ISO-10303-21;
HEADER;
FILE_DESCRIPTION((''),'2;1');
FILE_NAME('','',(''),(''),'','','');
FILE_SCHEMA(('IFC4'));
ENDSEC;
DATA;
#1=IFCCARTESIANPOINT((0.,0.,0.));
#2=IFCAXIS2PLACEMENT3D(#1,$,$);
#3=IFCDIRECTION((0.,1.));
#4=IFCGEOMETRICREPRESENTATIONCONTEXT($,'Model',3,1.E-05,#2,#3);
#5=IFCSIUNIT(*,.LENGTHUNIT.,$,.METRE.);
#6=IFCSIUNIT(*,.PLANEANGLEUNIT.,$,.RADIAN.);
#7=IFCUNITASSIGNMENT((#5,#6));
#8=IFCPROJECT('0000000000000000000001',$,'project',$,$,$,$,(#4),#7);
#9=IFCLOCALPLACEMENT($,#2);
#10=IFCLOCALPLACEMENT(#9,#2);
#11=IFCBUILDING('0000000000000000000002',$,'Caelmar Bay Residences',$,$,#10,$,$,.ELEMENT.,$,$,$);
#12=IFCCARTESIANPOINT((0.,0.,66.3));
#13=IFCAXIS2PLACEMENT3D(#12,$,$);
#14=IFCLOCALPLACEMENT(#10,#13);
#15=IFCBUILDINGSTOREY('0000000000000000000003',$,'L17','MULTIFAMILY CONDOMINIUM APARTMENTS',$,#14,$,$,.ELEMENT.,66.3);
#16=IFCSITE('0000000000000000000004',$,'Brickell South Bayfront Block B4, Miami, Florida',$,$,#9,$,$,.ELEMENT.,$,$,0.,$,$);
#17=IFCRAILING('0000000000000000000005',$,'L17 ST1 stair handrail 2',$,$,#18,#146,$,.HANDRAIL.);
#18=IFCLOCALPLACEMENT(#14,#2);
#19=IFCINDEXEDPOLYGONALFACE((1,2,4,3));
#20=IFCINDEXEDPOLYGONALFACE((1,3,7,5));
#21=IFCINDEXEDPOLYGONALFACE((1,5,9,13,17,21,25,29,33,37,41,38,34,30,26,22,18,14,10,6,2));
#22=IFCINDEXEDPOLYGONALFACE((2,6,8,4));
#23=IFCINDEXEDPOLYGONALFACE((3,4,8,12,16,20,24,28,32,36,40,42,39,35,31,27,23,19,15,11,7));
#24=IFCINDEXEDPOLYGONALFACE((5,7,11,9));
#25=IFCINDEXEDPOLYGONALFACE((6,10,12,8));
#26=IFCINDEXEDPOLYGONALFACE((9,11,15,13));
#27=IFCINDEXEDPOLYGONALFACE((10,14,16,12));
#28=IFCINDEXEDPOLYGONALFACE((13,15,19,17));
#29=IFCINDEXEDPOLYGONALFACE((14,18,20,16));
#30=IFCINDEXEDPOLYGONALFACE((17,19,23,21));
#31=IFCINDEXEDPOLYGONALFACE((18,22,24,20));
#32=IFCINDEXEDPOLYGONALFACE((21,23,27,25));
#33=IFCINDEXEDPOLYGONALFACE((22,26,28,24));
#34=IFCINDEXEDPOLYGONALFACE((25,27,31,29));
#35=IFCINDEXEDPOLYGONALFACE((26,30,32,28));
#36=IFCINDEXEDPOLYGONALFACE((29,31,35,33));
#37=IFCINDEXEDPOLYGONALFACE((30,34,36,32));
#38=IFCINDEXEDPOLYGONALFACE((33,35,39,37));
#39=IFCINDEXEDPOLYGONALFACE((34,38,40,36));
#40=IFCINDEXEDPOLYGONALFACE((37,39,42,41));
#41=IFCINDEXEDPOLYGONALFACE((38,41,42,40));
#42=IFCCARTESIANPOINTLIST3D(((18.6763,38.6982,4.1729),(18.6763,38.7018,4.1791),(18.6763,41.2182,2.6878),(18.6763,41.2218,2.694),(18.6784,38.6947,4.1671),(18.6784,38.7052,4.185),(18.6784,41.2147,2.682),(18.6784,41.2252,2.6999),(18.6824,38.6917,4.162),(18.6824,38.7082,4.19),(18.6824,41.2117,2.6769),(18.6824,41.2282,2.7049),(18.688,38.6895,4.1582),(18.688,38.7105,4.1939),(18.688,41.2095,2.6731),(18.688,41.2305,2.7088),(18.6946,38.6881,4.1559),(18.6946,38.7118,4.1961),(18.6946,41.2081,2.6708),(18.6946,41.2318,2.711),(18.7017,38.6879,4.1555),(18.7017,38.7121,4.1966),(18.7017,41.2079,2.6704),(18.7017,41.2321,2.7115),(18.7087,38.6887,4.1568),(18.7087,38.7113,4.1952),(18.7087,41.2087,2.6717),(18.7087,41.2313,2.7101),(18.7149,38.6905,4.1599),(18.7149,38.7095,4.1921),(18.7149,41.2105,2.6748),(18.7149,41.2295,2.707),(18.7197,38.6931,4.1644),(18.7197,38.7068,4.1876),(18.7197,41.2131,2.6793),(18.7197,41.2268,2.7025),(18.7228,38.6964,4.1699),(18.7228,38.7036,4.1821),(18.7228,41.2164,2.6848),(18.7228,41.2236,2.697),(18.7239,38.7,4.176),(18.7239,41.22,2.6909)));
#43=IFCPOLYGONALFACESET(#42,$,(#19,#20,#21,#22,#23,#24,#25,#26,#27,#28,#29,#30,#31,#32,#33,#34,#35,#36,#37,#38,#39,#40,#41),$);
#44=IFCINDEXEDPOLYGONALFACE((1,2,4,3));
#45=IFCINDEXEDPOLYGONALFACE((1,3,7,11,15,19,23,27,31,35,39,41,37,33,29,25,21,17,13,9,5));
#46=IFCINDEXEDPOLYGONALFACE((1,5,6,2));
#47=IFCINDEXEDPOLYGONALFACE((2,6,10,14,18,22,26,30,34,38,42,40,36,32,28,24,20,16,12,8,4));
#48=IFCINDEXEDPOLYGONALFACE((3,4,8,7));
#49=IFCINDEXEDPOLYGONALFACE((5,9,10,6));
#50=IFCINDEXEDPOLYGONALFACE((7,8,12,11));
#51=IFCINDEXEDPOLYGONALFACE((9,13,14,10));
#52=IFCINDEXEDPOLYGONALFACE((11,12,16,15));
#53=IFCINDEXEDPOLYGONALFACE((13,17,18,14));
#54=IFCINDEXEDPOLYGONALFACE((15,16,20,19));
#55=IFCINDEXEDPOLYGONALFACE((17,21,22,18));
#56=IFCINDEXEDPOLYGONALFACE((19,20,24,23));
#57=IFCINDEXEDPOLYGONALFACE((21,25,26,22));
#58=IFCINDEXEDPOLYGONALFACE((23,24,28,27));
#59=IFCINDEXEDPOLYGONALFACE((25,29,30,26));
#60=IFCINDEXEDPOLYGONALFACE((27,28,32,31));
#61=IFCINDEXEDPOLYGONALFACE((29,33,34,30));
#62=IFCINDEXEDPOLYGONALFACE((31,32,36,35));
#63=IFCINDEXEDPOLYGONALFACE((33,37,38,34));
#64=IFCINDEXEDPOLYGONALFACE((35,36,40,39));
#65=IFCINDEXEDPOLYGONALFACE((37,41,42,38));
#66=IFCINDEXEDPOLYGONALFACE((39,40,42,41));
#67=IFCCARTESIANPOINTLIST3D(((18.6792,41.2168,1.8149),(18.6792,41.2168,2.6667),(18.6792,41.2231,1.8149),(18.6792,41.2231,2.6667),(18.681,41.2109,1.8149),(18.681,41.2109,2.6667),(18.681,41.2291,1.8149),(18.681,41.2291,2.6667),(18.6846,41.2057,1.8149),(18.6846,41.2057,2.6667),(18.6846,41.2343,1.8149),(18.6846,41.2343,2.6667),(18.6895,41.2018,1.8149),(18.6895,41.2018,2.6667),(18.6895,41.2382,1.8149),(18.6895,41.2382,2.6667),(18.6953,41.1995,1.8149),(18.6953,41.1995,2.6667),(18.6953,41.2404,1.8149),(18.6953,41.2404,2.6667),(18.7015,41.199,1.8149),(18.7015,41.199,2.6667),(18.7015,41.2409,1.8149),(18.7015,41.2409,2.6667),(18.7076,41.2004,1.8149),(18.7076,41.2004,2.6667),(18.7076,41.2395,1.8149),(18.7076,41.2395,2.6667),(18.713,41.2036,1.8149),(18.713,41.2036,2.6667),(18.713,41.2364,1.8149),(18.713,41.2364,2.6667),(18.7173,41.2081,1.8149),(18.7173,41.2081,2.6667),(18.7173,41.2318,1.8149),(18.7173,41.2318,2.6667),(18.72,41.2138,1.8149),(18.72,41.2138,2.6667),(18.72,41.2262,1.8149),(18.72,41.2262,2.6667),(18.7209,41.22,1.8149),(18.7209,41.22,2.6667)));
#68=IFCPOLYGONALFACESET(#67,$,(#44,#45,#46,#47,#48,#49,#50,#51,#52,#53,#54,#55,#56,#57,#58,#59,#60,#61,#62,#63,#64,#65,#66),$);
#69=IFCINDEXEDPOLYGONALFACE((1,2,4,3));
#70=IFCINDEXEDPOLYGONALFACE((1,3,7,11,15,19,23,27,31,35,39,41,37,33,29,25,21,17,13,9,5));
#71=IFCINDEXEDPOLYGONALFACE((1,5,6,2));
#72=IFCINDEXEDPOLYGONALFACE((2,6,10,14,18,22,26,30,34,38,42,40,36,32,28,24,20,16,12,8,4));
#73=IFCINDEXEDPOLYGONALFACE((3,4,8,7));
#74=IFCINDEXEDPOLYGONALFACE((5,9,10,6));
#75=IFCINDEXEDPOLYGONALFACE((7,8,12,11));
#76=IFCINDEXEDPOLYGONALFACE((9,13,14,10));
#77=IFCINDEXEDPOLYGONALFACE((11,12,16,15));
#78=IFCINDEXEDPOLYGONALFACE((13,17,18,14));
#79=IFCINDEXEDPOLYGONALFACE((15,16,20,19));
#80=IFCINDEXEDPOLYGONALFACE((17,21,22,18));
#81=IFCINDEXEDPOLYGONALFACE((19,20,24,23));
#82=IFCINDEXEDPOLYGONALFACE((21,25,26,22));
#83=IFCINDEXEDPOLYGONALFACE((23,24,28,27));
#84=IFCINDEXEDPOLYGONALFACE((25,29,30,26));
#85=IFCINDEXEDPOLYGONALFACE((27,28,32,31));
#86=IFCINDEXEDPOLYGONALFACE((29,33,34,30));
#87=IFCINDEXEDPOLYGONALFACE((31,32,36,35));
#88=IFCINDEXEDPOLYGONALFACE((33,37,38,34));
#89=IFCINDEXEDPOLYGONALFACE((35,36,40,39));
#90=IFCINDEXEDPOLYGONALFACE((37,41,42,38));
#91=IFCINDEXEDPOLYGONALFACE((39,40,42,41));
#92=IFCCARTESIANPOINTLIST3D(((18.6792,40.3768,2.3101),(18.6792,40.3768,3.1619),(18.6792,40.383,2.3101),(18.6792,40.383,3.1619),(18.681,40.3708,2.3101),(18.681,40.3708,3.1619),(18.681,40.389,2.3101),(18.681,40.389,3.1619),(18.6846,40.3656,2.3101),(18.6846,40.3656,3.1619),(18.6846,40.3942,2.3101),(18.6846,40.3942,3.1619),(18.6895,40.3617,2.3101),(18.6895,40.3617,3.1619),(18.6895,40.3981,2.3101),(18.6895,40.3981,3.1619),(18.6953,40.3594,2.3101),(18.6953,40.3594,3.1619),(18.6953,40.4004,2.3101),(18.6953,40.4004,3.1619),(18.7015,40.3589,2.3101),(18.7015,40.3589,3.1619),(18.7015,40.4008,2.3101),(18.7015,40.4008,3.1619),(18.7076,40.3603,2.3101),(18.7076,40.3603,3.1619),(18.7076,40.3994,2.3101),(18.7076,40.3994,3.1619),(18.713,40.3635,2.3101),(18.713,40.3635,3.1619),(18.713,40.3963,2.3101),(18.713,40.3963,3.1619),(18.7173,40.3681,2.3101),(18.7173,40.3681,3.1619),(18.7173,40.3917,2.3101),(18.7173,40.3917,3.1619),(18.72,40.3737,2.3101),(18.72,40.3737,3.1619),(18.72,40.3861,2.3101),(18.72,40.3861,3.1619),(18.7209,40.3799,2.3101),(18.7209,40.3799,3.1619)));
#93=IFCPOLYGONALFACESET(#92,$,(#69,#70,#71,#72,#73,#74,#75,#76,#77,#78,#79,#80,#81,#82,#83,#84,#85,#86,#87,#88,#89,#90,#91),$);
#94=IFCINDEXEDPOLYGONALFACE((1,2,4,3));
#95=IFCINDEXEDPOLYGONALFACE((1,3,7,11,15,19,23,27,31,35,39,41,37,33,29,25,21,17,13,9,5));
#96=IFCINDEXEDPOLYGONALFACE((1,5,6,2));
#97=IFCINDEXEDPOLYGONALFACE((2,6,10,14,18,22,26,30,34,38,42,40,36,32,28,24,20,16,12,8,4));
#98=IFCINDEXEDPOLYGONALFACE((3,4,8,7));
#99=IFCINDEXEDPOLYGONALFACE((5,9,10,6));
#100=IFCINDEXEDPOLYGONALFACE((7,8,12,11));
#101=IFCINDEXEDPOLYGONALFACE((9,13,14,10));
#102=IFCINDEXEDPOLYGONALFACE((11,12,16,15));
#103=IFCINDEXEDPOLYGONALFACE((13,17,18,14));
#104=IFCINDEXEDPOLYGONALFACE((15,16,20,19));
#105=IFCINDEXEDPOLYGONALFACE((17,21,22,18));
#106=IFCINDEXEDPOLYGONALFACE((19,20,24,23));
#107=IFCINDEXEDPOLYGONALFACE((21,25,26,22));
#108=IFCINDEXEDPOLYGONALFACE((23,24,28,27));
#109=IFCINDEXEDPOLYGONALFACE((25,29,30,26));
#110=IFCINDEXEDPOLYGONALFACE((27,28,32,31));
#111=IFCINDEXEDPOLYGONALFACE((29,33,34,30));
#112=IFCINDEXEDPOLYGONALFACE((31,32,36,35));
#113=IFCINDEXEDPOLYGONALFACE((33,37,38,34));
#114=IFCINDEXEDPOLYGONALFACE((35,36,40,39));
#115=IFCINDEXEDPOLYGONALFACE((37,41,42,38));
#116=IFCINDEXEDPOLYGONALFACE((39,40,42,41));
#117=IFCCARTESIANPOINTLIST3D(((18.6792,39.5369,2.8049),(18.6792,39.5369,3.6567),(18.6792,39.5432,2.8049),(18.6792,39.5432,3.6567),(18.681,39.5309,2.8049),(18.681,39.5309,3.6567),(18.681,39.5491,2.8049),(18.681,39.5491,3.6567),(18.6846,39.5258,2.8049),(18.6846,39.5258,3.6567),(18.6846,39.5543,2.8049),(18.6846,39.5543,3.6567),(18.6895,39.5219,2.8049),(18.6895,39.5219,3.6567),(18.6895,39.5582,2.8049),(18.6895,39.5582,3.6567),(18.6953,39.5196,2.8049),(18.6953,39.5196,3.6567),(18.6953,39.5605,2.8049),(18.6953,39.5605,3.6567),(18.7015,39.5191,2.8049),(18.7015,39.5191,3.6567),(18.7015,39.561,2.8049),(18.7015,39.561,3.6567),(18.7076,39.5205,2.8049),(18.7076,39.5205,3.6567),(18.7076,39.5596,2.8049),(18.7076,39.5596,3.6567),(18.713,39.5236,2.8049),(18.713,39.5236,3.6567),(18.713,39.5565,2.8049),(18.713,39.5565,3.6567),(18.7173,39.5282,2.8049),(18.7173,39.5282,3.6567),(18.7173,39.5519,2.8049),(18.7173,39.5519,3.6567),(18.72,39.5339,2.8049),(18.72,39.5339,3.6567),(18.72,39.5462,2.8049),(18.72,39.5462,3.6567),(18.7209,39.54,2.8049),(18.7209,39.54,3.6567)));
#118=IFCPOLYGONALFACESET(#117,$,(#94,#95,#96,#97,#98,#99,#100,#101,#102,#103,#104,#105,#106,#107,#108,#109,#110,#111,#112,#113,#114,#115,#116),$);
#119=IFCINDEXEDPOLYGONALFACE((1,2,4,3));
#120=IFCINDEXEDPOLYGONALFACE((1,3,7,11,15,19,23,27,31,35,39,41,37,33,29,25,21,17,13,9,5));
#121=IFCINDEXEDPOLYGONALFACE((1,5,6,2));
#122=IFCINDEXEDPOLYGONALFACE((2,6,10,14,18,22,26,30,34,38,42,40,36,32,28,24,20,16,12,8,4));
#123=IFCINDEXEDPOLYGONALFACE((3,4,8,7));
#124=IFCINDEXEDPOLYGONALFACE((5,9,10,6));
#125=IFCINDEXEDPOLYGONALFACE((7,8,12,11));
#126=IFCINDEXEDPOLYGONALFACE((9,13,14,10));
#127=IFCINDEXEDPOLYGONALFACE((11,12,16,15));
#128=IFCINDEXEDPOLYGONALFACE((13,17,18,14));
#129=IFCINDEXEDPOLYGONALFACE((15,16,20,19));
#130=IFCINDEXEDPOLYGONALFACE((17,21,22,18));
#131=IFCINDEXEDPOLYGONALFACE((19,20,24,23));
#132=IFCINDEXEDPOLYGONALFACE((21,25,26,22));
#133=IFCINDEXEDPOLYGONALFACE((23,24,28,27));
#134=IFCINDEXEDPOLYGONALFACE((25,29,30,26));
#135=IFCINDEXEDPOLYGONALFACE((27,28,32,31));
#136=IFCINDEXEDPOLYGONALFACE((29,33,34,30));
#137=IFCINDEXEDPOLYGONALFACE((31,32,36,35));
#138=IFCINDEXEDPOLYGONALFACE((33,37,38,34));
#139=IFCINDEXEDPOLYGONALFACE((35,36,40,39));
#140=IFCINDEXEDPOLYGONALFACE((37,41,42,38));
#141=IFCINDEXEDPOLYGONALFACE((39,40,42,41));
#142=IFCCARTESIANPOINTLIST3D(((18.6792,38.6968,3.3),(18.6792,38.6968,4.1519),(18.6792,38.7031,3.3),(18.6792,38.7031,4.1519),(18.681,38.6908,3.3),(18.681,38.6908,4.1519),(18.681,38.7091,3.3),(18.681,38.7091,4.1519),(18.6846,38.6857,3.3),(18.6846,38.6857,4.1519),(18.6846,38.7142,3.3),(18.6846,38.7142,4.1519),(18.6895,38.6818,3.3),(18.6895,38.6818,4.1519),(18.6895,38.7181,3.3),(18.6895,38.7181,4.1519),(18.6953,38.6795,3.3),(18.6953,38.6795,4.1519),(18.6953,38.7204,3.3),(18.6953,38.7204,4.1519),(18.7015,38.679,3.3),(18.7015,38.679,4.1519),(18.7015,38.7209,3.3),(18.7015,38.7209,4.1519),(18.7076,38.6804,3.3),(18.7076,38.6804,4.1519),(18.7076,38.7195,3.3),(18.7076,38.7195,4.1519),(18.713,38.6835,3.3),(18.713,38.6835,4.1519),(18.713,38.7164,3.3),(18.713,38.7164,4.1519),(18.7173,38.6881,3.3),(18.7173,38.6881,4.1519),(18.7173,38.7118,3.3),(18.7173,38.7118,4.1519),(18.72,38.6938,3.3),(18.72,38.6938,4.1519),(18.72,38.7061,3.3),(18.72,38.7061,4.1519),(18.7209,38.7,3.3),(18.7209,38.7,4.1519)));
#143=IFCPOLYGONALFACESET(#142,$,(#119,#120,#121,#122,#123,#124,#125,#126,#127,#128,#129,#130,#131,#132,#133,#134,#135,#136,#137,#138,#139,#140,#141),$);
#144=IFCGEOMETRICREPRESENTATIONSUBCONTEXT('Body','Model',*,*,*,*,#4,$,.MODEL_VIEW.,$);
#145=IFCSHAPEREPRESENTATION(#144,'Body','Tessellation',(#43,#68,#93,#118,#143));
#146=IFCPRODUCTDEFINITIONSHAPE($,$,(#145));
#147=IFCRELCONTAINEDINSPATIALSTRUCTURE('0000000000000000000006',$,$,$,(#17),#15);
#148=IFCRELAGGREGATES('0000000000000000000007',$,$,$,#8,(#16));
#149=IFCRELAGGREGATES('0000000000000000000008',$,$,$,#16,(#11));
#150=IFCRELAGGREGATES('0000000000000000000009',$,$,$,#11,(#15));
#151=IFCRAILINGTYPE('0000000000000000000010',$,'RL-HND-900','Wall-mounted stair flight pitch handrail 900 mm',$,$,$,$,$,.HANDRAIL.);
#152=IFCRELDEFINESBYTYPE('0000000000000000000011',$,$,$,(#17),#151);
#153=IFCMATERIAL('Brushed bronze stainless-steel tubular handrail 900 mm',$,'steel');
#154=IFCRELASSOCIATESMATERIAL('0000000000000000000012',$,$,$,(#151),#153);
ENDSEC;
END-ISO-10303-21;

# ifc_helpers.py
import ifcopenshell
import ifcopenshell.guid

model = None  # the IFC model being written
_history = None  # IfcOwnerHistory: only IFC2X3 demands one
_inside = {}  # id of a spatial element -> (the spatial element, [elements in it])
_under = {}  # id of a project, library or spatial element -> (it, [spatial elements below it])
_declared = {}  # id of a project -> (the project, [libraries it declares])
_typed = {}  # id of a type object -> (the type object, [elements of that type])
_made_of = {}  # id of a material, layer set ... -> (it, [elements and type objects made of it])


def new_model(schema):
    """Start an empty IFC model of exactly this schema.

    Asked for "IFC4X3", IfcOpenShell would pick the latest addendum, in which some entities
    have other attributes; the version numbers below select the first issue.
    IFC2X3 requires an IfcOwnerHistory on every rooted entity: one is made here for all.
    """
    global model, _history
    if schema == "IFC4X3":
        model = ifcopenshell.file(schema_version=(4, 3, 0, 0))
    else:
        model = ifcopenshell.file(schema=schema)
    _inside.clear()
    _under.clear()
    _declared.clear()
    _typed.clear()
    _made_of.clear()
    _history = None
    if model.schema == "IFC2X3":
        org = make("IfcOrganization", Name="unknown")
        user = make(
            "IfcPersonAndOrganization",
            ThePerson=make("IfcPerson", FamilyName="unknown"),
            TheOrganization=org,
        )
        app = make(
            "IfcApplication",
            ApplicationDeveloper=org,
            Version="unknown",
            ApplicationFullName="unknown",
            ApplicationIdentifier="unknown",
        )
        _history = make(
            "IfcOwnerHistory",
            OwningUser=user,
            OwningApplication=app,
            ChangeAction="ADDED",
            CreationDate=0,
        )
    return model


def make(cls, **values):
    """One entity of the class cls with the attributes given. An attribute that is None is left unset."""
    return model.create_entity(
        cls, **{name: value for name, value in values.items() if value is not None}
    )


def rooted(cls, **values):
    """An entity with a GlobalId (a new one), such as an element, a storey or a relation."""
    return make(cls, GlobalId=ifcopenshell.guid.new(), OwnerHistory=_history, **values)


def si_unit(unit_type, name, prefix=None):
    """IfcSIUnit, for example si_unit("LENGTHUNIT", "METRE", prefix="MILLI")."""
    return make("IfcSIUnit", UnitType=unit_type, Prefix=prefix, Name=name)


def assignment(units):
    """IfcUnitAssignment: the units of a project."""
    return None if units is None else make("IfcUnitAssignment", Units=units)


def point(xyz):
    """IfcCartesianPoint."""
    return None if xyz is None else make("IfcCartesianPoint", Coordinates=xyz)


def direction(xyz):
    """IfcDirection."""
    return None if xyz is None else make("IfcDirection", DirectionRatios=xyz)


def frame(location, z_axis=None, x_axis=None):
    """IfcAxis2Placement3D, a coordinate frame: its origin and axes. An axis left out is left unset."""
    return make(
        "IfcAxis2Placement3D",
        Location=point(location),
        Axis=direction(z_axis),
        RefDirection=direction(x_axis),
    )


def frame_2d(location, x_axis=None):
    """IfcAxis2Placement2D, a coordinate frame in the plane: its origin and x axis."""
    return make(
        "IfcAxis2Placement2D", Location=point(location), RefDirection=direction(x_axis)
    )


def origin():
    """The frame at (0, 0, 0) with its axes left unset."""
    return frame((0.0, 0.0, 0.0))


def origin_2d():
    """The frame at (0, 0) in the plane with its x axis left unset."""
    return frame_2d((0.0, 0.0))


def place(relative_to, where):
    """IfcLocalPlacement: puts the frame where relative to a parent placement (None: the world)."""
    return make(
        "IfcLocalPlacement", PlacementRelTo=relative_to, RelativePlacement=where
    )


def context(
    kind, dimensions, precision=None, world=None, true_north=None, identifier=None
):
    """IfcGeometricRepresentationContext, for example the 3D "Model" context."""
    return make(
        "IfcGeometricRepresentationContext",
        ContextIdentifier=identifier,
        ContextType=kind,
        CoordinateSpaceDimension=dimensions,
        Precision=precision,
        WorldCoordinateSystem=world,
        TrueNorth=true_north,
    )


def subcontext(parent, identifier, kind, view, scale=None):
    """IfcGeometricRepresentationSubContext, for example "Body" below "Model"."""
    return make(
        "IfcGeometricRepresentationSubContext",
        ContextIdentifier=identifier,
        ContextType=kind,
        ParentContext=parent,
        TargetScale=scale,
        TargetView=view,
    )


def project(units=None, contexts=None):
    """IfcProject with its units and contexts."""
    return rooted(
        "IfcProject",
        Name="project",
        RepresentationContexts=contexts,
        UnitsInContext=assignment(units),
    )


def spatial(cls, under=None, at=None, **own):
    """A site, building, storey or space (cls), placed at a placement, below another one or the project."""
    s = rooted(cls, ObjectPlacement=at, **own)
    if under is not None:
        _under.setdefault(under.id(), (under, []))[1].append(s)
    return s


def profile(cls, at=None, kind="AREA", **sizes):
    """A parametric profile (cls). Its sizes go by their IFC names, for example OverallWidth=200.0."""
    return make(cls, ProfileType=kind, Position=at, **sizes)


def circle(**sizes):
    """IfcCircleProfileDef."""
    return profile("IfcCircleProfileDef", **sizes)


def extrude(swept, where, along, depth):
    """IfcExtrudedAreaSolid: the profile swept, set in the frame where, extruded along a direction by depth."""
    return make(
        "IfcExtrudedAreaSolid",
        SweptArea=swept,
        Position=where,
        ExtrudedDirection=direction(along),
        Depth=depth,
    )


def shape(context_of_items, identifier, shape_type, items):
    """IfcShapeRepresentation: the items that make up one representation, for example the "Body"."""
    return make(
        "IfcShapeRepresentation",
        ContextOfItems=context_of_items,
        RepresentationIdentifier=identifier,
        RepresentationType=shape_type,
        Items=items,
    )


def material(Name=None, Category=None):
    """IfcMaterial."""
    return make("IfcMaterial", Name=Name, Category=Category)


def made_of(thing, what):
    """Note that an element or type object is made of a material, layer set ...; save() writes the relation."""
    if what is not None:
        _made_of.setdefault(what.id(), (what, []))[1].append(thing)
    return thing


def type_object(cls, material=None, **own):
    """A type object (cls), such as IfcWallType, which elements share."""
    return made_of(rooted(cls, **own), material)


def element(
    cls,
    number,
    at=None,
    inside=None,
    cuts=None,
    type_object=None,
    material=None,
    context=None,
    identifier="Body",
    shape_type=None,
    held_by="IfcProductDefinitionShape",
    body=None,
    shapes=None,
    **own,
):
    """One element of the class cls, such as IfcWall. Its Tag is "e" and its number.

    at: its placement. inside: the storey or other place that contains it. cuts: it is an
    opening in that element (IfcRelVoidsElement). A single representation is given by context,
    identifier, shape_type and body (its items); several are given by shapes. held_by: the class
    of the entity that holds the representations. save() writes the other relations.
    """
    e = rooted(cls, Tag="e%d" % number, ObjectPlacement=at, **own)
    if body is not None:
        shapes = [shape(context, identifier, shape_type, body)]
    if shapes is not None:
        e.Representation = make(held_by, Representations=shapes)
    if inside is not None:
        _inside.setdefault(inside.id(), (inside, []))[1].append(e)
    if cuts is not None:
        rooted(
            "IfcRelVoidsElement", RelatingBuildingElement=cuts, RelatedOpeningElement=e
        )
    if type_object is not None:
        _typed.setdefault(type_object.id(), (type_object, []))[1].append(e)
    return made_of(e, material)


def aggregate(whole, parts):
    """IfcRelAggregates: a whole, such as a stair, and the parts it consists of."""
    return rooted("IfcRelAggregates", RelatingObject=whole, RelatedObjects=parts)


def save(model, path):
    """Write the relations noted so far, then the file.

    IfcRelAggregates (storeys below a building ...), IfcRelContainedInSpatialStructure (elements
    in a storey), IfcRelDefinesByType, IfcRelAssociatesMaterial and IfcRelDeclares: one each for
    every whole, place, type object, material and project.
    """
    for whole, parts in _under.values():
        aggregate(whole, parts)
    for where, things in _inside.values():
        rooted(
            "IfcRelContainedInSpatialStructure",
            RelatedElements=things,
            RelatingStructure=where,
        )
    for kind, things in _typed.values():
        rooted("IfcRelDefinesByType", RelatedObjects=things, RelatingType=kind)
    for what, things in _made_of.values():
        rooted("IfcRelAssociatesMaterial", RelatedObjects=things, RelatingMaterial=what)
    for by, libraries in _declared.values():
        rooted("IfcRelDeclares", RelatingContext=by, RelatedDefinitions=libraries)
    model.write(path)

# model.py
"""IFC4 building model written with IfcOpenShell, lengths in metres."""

from ifc_helpers import new_model, si_unit, direction, frame, origin, origin_2d, place, context, subcontext, project, spatial, circle, extrude, material, type_object, element, save


model = new_model("IFC4")

# Units and contexts
model_context = context("Model", 3, precision=1e-05, world=origin(), true_north=direction((0.0, 1.0)))
body_context = subcontext(model_context, "Body", "Model", "MODEL_VIEW")
ifc_project = project(units=[si_unit("LENGTHUNIT", "METRE"), si_unit("PLANEANGLEUNIT", "RADIAN")], contexts=[model_context])

# Site, building, storey
site_placement = place(None, origin())
site = spatial("IfcSite", under=ifc_project, at=site_placement, Name="Brickell South Bayfront Block B4, Miami, Florida", CompositionType="ELEMENT", RefElevation=0.0)
building_placement = place(site_placement, origin())
building = spatial("IfcBuilding", under=site, at=building_placement, Name="Caelmar Bay Residences", CompositionType="ELEMENT")
storey_placement = place(building_placement, frame((0.0, 0.0, 66.3)))
storey = spatial("IfcBuildingStorey", under=building, at=storey_placement, Name="L17", Description="MULTIFAMILY CONDOMINIUM APARTMENTS", CompositionType="ELEMENT", Elevation=66.3)

# Railing
ifc_material_1 = material(Name="Brushed bronze stainless-steel tubular handrail 900 mm", Category="steel")
railing_type_1 = type_object("IfcRailingType", Name="RL-HND-900", Description="Wall-mounted stair flight pitch handrail 900 mm", PredefinedType="HANDRAIL", material=ifc_material_1)
railing_1_placement = place(storey_placement, frame((18.7, 41.22, 1.8149)))
element("IfcRailing", 1, at=railing_1_placement, inside=storey, type_object=railing_type_1, Name="L17 ST1 stair handrail 2", PredefinedType="HANDRAIL", context=body_context, shape_type="SweptSolid", body=[
    extrude(circle(Radius=0.0239, at=origin_2d()), frame((0.0, 0.0, 0.876), z_axis=(0.0, -0.861524, 0.507717), x_axis=(1.0, 0.0, 0.0)), (0.0, 0.0, 1.0), 2.925),
    extrude(circle(Radius=0.021, at=origin_2d()), origin(), (0.0, 0.0, 1.0), 0.8518),
    extrude(circle(Radius=0.021, at=origin_2d()), frame((0.0, -0.8401, 0.4951)), (0.0, 0.0, 1.0), 0.8518),
    extrude(circle(Radius=0.021, at=origin_2d()), frame((0.0, -1.6799, 0.99)), (0.0, 0.0, 1.0), 0.8518),
    extrude(circle(Radius=0.021, at=origin_2d()), frame((0.0, -2.52, 1.4851)), (0.0, 0.0, 1.0), 0.8518),
])

save(model, "model.ifc")
